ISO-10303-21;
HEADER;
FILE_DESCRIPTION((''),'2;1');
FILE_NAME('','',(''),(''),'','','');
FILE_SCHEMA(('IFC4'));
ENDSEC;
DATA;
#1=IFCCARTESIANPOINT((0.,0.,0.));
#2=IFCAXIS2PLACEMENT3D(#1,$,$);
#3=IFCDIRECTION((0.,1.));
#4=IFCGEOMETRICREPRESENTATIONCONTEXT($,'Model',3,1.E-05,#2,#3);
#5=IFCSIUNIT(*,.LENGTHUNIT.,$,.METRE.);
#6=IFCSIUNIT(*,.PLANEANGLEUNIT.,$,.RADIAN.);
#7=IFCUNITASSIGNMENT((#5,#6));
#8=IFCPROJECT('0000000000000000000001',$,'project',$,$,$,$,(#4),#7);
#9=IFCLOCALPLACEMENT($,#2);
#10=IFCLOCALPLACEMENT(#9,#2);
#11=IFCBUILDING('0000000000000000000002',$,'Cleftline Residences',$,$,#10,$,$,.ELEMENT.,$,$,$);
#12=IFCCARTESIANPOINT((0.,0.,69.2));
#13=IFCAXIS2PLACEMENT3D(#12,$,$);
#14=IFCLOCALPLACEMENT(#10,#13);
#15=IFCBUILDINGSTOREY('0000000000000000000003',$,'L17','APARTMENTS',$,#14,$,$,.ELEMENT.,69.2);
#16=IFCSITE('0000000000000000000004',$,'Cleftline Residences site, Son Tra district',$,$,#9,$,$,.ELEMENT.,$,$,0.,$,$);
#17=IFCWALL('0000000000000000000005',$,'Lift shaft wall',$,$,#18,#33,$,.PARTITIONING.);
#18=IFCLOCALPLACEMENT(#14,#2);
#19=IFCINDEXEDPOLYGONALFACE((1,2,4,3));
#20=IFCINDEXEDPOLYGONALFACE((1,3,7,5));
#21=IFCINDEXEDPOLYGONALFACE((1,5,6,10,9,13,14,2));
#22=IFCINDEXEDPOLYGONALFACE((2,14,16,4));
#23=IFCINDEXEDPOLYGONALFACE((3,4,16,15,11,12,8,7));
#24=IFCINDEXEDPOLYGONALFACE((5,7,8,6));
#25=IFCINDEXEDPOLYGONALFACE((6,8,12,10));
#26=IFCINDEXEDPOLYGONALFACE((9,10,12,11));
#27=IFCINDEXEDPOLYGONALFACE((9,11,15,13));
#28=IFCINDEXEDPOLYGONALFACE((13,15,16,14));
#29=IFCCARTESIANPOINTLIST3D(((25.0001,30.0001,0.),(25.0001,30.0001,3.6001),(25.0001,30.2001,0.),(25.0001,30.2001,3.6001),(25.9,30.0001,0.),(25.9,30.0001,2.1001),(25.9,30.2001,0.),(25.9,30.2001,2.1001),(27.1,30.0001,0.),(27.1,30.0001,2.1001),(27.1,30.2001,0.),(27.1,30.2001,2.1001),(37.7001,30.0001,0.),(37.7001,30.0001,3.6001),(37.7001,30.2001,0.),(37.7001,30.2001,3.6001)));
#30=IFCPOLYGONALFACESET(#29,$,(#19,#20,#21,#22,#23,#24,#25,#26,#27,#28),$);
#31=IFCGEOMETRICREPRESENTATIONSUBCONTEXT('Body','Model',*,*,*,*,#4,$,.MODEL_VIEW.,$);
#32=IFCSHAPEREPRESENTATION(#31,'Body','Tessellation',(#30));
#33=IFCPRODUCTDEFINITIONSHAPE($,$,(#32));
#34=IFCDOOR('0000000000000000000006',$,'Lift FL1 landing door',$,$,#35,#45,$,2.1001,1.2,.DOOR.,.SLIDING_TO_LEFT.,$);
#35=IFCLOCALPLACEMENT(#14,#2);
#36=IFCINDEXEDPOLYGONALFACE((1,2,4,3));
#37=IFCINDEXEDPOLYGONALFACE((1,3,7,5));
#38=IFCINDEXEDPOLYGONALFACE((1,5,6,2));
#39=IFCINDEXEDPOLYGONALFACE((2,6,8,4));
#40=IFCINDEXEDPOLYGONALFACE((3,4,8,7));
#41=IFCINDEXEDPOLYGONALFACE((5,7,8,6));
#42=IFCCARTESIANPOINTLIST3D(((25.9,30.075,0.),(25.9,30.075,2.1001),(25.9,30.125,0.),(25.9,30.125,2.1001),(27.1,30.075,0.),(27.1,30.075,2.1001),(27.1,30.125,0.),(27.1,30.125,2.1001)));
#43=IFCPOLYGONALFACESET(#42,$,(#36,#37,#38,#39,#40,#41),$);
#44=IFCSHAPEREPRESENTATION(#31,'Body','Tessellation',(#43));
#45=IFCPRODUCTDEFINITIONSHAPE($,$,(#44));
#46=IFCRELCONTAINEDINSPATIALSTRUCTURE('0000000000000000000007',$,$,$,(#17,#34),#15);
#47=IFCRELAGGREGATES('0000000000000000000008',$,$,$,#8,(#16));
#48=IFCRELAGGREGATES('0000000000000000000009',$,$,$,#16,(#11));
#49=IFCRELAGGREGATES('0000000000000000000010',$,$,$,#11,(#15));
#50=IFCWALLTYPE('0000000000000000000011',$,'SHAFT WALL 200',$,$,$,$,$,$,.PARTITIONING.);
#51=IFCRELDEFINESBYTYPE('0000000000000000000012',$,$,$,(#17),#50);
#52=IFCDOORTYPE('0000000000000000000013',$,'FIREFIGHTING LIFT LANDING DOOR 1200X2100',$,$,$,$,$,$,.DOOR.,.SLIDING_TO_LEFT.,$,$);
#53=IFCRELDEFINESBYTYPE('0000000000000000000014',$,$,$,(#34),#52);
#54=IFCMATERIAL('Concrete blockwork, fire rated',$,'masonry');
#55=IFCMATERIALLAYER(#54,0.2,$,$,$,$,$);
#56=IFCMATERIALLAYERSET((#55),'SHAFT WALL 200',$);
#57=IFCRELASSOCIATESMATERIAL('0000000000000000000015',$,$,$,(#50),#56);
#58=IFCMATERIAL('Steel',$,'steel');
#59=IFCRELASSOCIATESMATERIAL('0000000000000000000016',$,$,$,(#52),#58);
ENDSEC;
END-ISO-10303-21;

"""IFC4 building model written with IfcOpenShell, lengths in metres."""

from ifc_helpers import new_model, si_unit, direction, frame, frame_2d, origin, place, context, subcontext, project, spatial, rectangle, extrude, material, layer, layer_set, type_object, element, fill, save


model = new_model("IFC4")

# Units and contexts
model_context = context("Model", 3, precision=1e-05, world=origin(), true_north=direction((0.0, 1.0)))
body_context = subcontext(model_context, "Body", "Model", "MODEL_VIEW")
ifc_project = project(units=[si_unit("LENGTHUNIT", "METRE"), si_unit("PLANEANGLEUNIT", "RADIAN")], contexts=[model_context])

# Site, building, storey
site_placement = place(None, origin())
site = spatial("IfcSite", under=ifc_project, at=site_placement, Name="Cleftline Residences site, Son Tra district", CompositionType="ELEMENT", RefElevation=0.0)
building_placement = place(site_placement, origin())
building = spatial("IfcBuilding", under=site, at=building_placement, Name="Cleftline Residences", CompositionType="ELEMENT")
storey_placement = place(building_placement, frame((0.0, 0.0, 69.2)))
storey = spatial("IfcBuildingStorey", under=building, at=storey_placement, Name="L17", Description="APARTMENTS", CompositionType="ELEMENT", Elevation=69.2)

# Wall, opening, door
ifc_material_1 = material(Name="Concrete blockwork, fire rated", Category="masonry")
ifc_layer_1 = layer(ifc_material_1, 0.2)
ifc_layer_set_1 = layer_set([ifc_layer_1], Name="SHAFT WALL 200")
wall_type_1 = type_object("IfcWallType", Name="SHAFT WALL 200", PredefinedType="PARTITIONING", material=ifc_layer_set_1)
wall_1_placement = place(storey_placement, frame((25.0, 30.1001, 0.0), z_axis=(0.0, 0.0, 1.0), x_axis=(1.0, 0.0, 0.0)))
wall_1 = element("IfcWall", 1, at=wall_1_placement, inside=storey, type_object=wall_type_1, Name="Lift shaft wall", PredefinedType="PARTITIONING", context=body_context, shape_type="SweptSolid", body=[
    extrude(rectangle(XDim=12.7, YDim=0.2, at=frame_2d((6.3501, 0.0))), origin(), (0.0, 0.0, 1.0), 3.6001),
])
opening_1_placement = place(wall_1_placement, frame((0.8999, 0.0, 0.0)))
opening_1 = element("IfcOpeningElement", 2, at=opening_1_placement, cuts=wall_1, PredefinedType="OPENING", context=body_context, shape_type="SweptSolid", body=[
    extrude(rectangle(XDim=1.2, YDim=2.1001, at=frame_2d((0.6001, 1.05))), frame((0.0, 0.1099, 0.0), z_axis=(0.0, -1.0, 0.0), x_axis=(1.0, 0.0, 0.0)), (0.0, 0.0, 1.0), 0.22),
])
ifc_material_2 = material(Name="Steel", Category="steel")
door_type_1 = type_object("IfcDoorType", Name="FIREFIGHTING LIFT LANDING DOOR 1200X2100", OperationType="SLIDING_TO_LEFT", PredefinedType="DOOR", material=ifc_material_2)
door_1_placement = place(opening_1_placement, origin())
door_1 = element("IfcDoor", 3, at=door_1_placement, inside=storey, type_object=door_type_1, Name="Lift FL1 landing door", OperationType="SLIDING_TO_LEFT", OverallHeight=2.1001, OverallWidth=1.2, PredefinedType="DOOR", context=body_context, shape_type="SweptSolid", body=[
    extrude(rectangle(XDim=1.2, YDim=2.1001, at=frame_2d((0.6001, 1.05))), frame((0.0, 0.0249, 0.0), z_axis=(0.0, -1.0, 0.0), x_axis=(1.0, 0.0, 0.0)), (0.0, 0.0, 1.0), 0.05),
])
fill(opening_1, door_1)

save(model, "model.ifc")
